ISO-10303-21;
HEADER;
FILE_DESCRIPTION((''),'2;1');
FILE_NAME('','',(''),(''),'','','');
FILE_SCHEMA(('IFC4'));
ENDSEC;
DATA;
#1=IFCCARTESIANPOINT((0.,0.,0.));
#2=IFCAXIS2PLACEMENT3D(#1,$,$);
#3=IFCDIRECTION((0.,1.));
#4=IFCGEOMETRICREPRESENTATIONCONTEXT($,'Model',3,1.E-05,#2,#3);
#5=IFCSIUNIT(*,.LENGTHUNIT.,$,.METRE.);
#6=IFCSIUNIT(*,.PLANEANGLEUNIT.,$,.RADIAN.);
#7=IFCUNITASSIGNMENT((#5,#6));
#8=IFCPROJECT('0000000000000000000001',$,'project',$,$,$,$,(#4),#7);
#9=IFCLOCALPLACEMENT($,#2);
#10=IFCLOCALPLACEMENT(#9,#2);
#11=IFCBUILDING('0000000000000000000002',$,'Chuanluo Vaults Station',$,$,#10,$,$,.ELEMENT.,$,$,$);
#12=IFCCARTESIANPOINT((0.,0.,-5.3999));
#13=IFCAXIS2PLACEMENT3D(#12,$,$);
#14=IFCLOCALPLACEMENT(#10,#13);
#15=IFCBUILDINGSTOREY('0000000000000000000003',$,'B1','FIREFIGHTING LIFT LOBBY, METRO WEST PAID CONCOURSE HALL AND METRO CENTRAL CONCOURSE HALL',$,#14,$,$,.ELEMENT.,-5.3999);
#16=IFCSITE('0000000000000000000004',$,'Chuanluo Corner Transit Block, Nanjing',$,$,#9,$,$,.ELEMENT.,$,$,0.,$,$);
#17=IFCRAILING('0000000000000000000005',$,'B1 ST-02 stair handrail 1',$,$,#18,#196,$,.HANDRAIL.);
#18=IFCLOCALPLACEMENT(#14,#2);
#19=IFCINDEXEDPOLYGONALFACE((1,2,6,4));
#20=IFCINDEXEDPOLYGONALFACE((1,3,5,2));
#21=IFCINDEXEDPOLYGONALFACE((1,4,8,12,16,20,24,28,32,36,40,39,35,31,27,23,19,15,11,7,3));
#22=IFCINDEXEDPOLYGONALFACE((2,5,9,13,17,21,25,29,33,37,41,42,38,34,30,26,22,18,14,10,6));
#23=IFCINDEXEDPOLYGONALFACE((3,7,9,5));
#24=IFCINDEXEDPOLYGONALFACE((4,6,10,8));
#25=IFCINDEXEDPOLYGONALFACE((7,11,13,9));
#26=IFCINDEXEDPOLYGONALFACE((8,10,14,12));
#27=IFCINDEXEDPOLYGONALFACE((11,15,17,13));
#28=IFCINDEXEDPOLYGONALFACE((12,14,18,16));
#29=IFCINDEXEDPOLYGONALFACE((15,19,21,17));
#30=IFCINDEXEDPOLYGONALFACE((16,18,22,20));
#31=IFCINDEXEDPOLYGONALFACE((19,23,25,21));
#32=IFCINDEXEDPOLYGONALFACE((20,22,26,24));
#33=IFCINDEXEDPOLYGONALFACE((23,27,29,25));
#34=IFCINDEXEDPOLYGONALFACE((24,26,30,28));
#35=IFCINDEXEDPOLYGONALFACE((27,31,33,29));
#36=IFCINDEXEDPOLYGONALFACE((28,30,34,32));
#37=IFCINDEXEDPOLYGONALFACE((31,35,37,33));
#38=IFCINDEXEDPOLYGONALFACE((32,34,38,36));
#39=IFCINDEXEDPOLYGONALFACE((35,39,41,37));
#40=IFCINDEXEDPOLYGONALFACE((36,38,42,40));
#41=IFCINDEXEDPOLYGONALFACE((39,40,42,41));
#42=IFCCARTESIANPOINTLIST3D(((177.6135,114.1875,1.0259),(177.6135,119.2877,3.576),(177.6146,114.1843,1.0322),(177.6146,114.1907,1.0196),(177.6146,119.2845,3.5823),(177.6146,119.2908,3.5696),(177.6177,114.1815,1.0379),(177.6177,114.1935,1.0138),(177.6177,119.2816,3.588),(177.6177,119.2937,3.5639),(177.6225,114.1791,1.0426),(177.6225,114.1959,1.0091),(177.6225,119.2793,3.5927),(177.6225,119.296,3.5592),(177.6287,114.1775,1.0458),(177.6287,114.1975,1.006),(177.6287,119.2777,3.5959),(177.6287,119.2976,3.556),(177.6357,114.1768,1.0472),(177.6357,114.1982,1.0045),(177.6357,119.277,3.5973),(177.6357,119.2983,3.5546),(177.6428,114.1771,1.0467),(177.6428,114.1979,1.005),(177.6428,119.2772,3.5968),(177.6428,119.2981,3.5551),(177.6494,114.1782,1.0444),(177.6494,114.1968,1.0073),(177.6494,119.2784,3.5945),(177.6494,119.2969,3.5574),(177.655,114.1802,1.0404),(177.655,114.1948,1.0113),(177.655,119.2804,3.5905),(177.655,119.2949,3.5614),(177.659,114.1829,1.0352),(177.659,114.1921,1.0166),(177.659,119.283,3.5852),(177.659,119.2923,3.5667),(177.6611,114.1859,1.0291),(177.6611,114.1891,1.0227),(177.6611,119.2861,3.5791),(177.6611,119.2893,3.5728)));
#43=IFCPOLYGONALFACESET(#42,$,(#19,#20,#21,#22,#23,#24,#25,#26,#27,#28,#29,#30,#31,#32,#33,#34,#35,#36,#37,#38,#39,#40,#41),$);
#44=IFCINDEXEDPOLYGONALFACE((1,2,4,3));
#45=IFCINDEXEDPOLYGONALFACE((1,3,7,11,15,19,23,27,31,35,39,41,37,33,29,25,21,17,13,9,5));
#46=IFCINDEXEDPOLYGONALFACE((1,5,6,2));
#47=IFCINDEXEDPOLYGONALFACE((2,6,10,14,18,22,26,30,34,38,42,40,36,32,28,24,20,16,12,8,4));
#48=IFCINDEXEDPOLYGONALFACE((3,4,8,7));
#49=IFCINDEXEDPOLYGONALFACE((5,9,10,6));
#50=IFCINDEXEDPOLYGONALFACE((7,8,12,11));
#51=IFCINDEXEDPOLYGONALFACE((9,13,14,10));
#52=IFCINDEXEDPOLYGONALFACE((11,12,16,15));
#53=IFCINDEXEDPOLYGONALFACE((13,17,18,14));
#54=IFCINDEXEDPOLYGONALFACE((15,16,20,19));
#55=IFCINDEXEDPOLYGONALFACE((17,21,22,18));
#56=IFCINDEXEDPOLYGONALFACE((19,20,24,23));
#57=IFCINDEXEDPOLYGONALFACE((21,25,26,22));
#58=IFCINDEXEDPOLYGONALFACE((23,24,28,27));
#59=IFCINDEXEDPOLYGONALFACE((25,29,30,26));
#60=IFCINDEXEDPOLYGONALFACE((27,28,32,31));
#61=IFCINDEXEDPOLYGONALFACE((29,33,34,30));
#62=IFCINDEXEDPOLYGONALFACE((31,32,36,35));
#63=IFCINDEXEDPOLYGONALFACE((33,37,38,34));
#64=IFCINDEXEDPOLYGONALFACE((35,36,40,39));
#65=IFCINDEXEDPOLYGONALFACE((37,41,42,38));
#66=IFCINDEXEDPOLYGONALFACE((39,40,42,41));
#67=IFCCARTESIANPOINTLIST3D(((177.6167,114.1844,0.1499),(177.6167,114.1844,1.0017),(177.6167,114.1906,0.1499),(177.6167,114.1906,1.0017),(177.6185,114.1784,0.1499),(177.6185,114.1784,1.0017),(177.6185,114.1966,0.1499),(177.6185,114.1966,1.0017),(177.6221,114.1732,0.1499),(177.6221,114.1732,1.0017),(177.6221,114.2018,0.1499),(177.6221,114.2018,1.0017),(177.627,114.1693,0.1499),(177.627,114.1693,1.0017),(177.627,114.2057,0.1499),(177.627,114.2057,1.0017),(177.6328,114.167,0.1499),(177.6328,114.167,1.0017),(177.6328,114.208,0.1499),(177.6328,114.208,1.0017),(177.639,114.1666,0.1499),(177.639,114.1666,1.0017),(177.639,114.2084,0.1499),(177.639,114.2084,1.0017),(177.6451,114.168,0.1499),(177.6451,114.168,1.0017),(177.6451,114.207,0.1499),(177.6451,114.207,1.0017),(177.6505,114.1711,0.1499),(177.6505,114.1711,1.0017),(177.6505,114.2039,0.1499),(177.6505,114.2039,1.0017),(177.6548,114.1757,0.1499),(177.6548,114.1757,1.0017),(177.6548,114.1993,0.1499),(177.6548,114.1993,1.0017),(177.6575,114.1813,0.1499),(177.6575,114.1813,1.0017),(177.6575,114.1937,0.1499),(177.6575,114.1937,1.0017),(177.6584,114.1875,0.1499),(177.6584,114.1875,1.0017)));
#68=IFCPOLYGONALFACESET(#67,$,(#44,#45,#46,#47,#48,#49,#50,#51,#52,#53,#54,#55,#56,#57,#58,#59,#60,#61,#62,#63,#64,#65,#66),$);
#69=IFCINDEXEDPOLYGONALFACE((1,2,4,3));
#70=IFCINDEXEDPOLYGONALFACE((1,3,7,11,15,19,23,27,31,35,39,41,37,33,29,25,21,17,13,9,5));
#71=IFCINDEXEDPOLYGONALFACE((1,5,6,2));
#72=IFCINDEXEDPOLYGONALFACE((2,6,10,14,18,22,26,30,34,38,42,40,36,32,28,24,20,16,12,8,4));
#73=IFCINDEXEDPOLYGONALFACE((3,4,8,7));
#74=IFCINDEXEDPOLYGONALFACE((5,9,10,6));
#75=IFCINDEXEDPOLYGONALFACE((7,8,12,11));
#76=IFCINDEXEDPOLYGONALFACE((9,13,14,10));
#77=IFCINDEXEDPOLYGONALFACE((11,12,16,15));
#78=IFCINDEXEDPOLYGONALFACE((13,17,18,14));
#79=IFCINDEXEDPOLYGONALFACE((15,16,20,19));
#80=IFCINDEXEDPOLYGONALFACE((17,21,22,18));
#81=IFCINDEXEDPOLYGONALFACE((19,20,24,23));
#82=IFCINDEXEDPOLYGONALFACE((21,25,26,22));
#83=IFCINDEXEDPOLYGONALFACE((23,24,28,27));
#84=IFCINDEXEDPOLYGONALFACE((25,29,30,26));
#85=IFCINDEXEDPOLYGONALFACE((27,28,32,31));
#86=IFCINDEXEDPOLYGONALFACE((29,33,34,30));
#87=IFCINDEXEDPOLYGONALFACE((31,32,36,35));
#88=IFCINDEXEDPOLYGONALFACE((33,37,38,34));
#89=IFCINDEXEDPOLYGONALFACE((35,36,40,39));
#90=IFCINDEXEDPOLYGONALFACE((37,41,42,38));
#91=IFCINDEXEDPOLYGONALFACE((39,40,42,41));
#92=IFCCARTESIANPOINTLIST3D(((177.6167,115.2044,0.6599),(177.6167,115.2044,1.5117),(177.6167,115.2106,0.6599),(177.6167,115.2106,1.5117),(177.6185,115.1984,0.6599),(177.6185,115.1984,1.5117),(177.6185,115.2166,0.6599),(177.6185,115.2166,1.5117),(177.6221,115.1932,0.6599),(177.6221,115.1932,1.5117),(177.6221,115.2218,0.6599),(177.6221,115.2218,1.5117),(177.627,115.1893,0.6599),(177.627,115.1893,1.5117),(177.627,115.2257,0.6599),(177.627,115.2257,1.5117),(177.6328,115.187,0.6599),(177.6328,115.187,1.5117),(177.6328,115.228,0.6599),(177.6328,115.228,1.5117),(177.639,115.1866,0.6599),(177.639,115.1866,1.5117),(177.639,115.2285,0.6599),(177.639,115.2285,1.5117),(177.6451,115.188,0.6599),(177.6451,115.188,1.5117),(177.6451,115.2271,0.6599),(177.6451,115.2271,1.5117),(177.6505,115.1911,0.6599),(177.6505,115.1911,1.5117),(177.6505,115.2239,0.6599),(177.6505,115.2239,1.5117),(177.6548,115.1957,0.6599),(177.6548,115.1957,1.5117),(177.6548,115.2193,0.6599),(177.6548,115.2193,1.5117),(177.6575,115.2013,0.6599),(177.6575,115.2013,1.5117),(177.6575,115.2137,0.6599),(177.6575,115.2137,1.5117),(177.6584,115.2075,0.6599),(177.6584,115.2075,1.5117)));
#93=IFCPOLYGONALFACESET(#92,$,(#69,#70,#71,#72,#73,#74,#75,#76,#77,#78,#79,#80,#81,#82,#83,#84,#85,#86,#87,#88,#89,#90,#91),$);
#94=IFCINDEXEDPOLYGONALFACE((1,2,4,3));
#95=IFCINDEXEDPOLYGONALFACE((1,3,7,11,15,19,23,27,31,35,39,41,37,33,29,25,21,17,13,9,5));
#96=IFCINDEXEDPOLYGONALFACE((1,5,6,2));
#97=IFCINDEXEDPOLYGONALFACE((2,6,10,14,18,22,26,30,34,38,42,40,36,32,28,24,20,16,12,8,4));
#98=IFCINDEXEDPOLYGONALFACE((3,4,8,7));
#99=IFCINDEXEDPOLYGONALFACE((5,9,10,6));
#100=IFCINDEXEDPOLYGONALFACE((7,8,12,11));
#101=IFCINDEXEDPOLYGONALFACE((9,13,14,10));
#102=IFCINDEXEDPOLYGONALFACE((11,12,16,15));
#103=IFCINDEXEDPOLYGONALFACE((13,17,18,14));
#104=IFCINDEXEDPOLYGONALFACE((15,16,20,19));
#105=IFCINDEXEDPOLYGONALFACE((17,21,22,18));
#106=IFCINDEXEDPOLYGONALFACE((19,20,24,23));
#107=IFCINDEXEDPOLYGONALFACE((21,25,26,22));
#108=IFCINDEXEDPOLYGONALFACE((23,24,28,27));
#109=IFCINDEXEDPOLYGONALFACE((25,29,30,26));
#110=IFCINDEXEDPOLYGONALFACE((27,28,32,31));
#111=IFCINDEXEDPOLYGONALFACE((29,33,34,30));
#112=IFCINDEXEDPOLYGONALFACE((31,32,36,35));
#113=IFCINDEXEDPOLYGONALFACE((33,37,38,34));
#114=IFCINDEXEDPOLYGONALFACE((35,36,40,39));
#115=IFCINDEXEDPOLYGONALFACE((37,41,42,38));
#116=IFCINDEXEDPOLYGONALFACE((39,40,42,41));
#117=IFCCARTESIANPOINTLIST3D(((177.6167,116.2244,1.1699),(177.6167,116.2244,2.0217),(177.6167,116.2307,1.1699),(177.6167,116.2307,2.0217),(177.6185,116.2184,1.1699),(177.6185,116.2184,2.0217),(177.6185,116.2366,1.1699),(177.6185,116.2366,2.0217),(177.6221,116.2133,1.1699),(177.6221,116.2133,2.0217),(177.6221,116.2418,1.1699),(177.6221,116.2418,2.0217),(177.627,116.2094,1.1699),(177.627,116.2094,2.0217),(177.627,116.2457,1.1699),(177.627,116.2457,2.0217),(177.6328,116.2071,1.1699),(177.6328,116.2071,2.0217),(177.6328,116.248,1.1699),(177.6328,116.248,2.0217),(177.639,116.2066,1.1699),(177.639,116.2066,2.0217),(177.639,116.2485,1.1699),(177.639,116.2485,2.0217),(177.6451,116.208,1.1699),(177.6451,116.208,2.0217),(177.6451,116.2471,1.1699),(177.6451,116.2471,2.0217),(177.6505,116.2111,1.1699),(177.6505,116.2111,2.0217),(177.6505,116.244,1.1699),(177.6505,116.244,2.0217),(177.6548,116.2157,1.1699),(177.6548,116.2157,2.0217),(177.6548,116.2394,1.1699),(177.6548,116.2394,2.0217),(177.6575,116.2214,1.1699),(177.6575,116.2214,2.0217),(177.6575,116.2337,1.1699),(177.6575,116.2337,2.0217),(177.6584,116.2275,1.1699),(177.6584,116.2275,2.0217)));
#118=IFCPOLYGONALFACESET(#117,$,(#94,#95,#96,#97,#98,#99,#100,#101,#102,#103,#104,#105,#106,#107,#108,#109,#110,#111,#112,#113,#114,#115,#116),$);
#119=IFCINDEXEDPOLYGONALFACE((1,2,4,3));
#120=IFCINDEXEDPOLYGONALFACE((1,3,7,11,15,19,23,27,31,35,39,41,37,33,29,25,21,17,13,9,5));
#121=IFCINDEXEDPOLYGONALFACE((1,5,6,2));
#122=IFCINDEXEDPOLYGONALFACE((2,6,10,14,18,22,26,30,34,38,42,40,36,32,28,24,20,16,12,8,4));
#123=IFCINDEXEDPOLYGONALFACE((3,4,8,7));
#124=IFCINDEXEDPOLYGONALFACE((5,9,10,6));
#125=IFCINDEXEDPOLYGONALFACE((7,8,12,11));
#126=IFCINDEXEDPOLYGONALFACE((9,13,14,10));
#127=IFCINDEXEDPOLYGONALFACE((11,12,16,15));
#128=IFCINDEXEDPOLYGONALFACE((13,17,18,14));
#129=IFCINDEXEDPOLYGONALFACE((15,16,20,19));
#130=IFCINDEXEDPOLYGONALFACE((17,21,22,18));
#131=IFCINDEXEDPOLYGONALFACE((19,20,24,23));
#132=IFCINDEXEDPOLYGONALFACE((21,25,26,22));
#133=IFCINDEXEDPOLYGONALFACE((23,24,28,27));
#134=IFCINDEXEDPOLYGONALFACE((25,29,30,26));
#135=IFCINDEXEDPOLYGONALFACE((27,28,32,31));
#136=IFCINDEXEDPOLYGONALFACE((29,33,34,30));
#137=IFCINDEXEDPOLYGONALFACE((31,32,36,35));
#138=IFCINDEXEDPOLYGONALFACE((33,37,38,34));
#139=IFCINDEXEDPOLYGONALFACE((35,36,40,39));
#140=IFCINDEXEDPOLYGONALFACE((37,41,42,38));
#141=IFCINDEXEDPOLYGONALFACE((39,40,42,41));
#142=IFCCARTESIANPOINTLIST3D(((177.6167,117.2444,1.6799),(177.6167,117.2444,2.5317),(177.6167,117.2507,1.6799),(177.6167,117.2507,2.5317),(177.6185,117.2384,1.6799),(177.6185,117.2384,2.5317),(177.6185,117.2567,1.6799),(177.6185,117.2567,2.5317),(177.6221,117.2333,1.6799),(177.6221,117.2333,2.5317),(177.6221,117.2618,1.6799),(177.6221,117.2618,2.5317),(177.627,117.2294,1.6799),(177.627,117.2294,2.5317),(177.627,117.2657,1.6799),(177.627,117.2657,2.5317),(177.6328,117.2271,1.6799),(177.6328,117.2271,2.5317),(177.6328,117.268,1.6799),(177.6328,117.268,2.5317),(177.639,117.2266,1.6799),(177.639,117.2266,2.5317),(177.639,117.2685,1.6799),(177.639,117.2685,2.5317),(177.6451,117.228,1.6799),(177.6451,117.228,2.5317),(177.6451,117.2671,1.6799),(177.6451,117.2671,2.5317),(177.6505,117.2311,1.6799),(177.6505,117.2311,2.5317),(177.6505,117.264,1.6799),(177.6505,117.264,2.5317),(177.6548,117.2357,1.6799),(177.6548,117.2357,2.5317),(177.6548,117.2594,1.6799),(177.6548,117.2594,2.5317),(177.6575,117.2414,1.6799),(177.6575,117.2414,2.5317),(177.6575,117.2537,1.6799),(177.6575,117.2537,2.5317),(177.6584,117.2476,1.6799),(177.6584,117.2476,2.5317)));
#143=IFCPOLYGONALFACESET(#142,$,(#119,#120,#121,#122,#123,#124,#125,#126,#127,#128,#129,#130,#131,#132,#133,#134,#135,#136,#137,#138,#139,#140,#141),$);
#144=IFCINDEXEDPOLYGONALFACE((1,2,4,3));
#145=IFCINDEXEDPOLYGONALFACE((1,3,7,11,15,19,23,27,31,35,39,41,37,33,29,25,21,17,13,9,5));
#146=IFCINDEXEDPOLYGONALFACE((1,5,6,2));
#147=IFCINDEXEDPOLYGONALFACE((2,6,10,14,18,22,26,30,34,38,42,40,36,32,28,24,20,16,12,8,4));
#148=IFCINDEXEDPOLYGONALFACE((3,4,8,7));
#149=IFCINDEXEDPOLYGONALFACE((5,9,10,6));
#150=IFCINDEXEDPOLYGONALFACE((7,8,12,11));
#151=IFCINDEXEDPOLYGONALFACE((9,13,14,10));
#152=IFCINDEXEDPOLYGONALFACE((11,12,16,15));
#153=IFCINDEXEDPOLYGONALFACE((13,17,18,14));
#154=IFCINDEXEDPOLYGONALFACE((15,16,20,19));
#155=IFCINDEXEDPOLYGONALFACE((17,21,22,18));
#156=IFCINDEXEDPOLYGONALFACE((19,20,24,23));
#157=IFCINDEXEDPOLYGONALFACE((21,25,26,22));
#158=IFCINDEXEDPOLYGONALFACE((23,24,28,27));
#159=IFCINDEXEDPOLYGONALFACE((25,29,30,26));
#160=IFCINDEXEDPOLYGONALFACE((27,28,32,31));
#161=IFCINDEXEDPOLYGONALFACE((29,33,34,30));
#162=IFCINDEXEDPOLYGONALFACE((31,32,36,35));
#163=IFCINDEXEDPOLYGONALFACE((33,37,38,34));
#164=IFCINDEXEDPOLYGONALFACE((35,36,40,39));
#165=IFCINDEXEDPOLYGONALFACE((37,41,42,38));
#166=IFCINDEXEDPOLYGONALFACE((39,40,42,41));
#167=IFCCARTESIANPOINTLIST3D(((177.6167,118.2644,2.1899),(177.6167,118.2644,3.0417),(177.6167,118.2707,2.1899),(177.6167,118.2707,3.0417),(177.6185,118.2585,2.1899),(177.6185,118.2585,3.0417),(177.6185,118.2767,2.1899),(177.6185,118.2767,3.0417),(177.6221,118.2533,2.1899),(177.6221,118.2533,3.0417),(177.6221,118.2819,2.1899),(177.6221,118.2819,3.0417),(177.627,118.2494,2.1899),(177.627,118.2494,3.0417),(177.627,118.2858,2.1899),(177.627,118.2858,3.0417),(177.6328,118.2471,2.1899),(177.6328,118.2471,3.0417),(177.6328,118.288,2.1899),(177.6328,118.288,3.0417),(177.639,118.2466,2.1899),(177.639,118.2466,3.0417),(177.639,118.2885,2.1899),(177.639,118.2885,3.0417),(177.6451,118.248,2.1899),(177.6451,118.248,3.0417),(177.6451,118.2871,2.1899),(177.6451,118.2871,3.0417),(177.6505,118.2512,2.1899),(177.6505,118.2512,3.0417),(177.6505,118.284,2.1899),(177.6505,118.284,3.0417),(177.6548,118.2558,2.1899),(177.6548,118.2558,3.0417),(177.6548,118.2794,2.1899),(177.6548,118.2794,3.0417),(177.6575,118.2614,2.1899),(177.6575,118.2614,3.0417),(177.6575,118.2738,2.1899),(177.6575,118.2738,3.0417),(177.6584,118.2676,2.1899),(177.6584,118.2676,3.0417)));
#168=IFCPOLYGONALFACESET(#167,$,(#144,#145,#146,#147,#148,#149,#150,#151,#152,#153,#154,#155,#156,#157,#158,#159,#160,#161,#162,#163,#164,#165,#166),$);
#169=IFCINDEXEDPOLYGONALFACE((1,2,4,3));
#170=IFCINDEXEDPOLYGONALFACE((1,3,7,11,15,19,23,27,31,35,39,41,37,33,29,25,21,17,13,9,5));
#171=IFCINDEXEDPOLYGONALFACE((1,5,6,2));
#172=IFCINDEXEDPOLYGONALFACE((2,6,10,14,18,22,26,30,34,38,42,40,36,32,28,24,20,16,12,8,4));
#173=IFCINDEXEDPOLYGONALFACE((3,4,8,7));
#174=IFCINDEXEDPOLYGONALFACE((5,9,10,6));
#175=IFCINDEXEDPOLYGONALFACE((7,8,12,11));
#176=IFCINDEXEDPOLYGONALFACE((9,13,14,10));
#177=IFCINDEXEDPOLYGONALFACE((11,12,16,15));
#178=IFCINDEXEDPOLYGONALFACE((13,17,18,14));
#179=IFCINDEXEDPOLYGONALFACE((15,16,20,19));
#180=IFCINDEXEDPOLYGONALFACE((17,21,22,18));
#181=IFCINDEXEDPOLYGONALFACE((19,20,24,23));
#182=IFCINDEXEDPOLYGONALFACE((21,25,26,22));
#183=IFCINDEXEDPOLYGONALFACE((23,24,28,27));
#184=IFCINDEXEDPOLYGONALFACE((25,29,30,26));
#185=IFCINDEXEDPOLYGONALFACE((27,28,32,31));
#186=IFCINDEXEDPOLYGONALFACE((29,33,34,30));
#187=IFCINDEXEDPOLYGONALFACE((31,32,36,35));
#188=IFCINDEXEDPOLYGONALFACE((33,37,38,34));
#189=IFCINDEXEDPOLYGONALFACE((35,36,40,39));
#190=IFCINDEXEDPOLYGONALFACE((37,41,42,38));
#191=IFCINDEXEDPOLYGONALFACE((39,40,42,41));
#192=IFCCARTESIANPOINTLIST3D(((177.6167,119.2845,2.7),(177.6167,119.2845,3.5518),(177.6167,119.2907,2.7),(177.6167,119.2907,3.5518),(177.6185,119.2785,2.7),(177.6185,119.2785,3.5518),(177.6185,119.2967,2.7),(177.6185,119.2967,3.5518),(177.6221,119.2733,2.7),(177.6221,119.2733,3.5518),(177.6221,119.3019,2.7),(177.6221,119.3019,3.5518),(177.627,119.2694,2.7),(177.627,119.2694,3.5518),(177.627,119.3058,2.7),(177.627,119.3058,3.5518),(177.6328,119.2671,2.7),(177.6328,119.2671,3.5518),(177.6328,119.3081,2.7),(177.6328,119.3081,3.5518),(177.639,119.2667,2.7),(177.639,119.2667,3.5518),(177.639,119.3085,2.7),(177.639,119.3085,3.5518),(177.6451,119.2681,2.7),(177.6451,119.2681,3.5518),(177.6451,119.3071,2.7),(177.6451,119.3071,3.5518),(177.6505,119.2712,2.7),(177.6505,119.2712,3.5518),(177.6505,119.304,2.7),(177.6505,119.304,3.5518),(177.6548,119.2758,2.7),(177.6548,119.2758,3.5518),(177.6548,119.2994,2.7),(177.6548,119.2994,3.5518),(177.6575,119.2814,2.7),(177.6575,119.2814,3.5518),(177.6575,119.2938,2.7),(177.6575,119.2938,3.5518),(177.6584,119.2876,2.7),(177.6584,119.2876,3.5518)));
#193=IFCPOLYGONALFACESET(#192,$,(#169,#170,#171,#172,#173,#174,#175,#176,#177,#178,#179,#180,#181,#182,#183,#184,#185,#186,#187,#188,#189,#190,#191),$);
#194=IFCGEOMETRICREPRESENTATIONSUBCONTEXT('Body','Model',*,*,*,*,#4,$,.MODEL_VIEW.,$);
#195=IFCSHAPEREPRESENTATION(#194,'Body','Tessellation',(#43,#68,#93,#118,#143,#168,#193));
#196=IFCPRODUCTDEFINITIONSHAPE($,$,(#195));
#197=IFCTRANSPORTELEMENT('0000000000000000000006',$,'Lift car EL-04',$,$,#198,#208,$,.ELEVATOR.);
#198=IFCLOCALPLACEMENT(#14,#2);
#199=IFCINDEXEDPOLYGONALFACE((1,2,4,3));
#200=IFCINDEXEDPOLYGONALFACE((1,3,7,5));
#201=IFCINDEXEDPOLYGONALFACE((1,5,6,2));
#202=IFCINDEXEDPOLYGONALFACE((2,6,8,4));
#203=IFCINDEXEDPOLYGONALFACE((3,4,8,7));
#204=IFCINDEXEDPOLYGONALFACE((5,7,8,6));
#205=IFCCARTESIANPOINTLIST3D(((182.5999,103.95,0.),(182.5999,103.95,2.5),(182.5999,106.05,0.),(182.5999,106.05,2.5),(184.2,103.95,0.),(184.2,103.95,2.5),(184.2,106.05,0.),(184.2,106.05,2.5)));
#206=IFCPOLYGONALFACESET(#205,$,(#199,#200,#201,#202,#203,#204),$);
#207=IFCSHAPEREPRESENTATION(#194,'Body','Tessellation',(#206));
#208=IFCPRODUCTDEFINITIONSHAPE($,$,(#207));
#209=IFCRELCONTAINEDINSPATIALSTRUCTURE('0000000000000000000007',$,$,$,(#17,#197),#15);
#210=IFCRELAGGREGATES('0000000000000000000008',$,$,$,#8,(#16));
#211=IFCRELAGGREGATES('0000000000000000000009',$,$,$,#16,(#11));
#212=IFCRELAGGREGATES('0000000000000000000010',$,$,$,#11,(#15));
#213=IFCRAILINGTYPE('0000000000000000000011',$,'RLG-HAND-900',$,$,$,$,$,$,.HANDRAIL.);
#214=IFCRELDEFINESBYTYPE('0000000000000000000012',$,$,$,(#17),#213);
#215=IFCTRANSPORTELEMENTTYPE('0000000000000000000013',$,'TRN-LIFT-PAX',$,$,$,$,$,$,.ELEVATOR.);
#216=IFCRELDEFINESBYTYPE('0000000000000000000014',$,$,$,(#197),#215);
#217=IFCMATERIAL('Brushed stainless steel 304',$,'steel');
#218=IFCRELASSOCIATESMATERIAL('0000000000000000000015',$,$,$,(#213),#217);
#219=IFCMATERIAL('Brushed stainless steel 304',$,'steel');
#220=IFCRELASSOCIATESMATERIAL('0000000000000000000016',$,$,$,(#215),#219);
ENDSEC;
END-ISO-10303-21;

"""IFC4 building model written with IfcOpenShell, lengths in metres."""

from ifc_helpers import new_model, si_unit, direction, frame, origin, origin_2d, place, context, subcontext, project, spatial, rectangle, circle, extrude, material, type_object, element, save


model = new_model("IFC4")

# Units and contexts
model_context = context("Model", 3, precision=1e-05, world=origin(), true_north=direction((0.0, 1.0)))
body_context = subcontext(model_context, "Body", "Model", "MODEL_VIEW")
ifc_project = project(units=[si_unit("LENGTHUNIT", "METRE"), si_unit("PLANEANGLEUNIT", "RADIAN")], contexts=[model_context])

# Site, building, storey
site_placement = place(None, origin())
site = spatial("IfcSite", under=ifc_project, at=site_placement, Name="Chuanluo Corner Transit Block, Nanjing", CompositionType="ELEMENT", RefElevation=0.0)
building_placement = place(site_placement, origin())
building = spatial("IfcBuilding", under=site, at=building_placement, Name="Chuanluo Vaults Station", CompositionType="ELEMENT")
storey_placement = place(building_placement, frame((0.0, 0.0, -5.3999)))
storey = spatial("IfcBuildingStorey", under=building, at=storey_placement, Name="B1", Description="FIREFIGHTING LIFT LOBBY, METRO WEST PAID CONCOURSE HALL AND METRO CENTRAL CONCOURSE HALL", CompositionType="ELEMENT", Elevation=-5.3999)

# Railing
ifc_material_1 = material(Name="Brushed stainless steel 304", Category="steel")
railing_type = type_object("IfcRailingType", Name="RLG-HAND-900", PredefinedType="HANDRAIL", material=ifc_material_1)
railing_placement = place(storey_placement, frame((177.6375, 114.1875, 0.1499)))
element("IfcRailing", 1, at=railing_placement, inside=storey, type_object=railing_type, Name="B1 ST-02 stair handrail 1", PredefinedType="HANDRAIL", context=body_context, shape_type="SweptSolid", body=[
    extrude(circle(Radius=0.0239, at=origin_2d()), frame((0.0, 0.0, 0.876), z_axis=(0.0, 0.894427, 0.447214), x_axis=(-1.0, 0.0, 0.0)), (0.0, 0.0, 1.0), 5.7021),
    extrude(circle(Radius=0.021, at=origin_2d()), origin(), (0.0, 0.0, 1.0), 0.8518),
    extrude(circle(Radius=0.021, at=origin_2d()), frame((0.0, 1.02, 0.51)), (0.0, 0.0, 1.0), 0.8518),
    extrude(circle(Radius=0.021, at=origin_2d()), frame((0.0, 2.04, 1.02)), (0.0, 0.0, 1.0), 0.8518),
    extrude(circle(Radius=0.021, at=origin_2d()), frame((0.0, 3.0601, 1.53)), (0.0, 0.0, 1.0), 0.8518),
    extrude(circle(Radius=0.021, at=origin_2d()), frame((0.0, 4.0801, 2.04)), (0.0, 0.0, 1.0), 0.8518),
    extrude(circle(Radius=0.021, at=origin_2d()), frame((0.0, 5.1001, 2.55)), (0.0, 0.0, 1.0), 0.8518),
])

# Transport element
ifc_material_2 = material(Name="Brushed stainless steel 304", Category="steel")
transport_element_type = type_object("IfcTransportElementType", Name="TRN-LIFT-PAX", PredefinedType="ELEVATOR", material=ifc_material_2)
transport_element_placement = place(storey_placement, frame((183.3999, 105.0, 0.0), z_axis=(0.0, 0.0, 1.0), x_axis=(1.0, 0.0, 0.0)))
element("IfcTransportElement", 2, at=transport_element_placement, inside=storey, type_object=transport_element_type, Name="Lift car EL-04", PredefinedType="ELEVATOR", context=body_context, shape_type="SweptSolid", body=[
    extrude(rectangle(XDim=1.6001, YDim=2.1001, at=origin_2d()), origin(), (0.0, 0.0, 1.0), 2.5),
])

save(model, "model.ifc")
